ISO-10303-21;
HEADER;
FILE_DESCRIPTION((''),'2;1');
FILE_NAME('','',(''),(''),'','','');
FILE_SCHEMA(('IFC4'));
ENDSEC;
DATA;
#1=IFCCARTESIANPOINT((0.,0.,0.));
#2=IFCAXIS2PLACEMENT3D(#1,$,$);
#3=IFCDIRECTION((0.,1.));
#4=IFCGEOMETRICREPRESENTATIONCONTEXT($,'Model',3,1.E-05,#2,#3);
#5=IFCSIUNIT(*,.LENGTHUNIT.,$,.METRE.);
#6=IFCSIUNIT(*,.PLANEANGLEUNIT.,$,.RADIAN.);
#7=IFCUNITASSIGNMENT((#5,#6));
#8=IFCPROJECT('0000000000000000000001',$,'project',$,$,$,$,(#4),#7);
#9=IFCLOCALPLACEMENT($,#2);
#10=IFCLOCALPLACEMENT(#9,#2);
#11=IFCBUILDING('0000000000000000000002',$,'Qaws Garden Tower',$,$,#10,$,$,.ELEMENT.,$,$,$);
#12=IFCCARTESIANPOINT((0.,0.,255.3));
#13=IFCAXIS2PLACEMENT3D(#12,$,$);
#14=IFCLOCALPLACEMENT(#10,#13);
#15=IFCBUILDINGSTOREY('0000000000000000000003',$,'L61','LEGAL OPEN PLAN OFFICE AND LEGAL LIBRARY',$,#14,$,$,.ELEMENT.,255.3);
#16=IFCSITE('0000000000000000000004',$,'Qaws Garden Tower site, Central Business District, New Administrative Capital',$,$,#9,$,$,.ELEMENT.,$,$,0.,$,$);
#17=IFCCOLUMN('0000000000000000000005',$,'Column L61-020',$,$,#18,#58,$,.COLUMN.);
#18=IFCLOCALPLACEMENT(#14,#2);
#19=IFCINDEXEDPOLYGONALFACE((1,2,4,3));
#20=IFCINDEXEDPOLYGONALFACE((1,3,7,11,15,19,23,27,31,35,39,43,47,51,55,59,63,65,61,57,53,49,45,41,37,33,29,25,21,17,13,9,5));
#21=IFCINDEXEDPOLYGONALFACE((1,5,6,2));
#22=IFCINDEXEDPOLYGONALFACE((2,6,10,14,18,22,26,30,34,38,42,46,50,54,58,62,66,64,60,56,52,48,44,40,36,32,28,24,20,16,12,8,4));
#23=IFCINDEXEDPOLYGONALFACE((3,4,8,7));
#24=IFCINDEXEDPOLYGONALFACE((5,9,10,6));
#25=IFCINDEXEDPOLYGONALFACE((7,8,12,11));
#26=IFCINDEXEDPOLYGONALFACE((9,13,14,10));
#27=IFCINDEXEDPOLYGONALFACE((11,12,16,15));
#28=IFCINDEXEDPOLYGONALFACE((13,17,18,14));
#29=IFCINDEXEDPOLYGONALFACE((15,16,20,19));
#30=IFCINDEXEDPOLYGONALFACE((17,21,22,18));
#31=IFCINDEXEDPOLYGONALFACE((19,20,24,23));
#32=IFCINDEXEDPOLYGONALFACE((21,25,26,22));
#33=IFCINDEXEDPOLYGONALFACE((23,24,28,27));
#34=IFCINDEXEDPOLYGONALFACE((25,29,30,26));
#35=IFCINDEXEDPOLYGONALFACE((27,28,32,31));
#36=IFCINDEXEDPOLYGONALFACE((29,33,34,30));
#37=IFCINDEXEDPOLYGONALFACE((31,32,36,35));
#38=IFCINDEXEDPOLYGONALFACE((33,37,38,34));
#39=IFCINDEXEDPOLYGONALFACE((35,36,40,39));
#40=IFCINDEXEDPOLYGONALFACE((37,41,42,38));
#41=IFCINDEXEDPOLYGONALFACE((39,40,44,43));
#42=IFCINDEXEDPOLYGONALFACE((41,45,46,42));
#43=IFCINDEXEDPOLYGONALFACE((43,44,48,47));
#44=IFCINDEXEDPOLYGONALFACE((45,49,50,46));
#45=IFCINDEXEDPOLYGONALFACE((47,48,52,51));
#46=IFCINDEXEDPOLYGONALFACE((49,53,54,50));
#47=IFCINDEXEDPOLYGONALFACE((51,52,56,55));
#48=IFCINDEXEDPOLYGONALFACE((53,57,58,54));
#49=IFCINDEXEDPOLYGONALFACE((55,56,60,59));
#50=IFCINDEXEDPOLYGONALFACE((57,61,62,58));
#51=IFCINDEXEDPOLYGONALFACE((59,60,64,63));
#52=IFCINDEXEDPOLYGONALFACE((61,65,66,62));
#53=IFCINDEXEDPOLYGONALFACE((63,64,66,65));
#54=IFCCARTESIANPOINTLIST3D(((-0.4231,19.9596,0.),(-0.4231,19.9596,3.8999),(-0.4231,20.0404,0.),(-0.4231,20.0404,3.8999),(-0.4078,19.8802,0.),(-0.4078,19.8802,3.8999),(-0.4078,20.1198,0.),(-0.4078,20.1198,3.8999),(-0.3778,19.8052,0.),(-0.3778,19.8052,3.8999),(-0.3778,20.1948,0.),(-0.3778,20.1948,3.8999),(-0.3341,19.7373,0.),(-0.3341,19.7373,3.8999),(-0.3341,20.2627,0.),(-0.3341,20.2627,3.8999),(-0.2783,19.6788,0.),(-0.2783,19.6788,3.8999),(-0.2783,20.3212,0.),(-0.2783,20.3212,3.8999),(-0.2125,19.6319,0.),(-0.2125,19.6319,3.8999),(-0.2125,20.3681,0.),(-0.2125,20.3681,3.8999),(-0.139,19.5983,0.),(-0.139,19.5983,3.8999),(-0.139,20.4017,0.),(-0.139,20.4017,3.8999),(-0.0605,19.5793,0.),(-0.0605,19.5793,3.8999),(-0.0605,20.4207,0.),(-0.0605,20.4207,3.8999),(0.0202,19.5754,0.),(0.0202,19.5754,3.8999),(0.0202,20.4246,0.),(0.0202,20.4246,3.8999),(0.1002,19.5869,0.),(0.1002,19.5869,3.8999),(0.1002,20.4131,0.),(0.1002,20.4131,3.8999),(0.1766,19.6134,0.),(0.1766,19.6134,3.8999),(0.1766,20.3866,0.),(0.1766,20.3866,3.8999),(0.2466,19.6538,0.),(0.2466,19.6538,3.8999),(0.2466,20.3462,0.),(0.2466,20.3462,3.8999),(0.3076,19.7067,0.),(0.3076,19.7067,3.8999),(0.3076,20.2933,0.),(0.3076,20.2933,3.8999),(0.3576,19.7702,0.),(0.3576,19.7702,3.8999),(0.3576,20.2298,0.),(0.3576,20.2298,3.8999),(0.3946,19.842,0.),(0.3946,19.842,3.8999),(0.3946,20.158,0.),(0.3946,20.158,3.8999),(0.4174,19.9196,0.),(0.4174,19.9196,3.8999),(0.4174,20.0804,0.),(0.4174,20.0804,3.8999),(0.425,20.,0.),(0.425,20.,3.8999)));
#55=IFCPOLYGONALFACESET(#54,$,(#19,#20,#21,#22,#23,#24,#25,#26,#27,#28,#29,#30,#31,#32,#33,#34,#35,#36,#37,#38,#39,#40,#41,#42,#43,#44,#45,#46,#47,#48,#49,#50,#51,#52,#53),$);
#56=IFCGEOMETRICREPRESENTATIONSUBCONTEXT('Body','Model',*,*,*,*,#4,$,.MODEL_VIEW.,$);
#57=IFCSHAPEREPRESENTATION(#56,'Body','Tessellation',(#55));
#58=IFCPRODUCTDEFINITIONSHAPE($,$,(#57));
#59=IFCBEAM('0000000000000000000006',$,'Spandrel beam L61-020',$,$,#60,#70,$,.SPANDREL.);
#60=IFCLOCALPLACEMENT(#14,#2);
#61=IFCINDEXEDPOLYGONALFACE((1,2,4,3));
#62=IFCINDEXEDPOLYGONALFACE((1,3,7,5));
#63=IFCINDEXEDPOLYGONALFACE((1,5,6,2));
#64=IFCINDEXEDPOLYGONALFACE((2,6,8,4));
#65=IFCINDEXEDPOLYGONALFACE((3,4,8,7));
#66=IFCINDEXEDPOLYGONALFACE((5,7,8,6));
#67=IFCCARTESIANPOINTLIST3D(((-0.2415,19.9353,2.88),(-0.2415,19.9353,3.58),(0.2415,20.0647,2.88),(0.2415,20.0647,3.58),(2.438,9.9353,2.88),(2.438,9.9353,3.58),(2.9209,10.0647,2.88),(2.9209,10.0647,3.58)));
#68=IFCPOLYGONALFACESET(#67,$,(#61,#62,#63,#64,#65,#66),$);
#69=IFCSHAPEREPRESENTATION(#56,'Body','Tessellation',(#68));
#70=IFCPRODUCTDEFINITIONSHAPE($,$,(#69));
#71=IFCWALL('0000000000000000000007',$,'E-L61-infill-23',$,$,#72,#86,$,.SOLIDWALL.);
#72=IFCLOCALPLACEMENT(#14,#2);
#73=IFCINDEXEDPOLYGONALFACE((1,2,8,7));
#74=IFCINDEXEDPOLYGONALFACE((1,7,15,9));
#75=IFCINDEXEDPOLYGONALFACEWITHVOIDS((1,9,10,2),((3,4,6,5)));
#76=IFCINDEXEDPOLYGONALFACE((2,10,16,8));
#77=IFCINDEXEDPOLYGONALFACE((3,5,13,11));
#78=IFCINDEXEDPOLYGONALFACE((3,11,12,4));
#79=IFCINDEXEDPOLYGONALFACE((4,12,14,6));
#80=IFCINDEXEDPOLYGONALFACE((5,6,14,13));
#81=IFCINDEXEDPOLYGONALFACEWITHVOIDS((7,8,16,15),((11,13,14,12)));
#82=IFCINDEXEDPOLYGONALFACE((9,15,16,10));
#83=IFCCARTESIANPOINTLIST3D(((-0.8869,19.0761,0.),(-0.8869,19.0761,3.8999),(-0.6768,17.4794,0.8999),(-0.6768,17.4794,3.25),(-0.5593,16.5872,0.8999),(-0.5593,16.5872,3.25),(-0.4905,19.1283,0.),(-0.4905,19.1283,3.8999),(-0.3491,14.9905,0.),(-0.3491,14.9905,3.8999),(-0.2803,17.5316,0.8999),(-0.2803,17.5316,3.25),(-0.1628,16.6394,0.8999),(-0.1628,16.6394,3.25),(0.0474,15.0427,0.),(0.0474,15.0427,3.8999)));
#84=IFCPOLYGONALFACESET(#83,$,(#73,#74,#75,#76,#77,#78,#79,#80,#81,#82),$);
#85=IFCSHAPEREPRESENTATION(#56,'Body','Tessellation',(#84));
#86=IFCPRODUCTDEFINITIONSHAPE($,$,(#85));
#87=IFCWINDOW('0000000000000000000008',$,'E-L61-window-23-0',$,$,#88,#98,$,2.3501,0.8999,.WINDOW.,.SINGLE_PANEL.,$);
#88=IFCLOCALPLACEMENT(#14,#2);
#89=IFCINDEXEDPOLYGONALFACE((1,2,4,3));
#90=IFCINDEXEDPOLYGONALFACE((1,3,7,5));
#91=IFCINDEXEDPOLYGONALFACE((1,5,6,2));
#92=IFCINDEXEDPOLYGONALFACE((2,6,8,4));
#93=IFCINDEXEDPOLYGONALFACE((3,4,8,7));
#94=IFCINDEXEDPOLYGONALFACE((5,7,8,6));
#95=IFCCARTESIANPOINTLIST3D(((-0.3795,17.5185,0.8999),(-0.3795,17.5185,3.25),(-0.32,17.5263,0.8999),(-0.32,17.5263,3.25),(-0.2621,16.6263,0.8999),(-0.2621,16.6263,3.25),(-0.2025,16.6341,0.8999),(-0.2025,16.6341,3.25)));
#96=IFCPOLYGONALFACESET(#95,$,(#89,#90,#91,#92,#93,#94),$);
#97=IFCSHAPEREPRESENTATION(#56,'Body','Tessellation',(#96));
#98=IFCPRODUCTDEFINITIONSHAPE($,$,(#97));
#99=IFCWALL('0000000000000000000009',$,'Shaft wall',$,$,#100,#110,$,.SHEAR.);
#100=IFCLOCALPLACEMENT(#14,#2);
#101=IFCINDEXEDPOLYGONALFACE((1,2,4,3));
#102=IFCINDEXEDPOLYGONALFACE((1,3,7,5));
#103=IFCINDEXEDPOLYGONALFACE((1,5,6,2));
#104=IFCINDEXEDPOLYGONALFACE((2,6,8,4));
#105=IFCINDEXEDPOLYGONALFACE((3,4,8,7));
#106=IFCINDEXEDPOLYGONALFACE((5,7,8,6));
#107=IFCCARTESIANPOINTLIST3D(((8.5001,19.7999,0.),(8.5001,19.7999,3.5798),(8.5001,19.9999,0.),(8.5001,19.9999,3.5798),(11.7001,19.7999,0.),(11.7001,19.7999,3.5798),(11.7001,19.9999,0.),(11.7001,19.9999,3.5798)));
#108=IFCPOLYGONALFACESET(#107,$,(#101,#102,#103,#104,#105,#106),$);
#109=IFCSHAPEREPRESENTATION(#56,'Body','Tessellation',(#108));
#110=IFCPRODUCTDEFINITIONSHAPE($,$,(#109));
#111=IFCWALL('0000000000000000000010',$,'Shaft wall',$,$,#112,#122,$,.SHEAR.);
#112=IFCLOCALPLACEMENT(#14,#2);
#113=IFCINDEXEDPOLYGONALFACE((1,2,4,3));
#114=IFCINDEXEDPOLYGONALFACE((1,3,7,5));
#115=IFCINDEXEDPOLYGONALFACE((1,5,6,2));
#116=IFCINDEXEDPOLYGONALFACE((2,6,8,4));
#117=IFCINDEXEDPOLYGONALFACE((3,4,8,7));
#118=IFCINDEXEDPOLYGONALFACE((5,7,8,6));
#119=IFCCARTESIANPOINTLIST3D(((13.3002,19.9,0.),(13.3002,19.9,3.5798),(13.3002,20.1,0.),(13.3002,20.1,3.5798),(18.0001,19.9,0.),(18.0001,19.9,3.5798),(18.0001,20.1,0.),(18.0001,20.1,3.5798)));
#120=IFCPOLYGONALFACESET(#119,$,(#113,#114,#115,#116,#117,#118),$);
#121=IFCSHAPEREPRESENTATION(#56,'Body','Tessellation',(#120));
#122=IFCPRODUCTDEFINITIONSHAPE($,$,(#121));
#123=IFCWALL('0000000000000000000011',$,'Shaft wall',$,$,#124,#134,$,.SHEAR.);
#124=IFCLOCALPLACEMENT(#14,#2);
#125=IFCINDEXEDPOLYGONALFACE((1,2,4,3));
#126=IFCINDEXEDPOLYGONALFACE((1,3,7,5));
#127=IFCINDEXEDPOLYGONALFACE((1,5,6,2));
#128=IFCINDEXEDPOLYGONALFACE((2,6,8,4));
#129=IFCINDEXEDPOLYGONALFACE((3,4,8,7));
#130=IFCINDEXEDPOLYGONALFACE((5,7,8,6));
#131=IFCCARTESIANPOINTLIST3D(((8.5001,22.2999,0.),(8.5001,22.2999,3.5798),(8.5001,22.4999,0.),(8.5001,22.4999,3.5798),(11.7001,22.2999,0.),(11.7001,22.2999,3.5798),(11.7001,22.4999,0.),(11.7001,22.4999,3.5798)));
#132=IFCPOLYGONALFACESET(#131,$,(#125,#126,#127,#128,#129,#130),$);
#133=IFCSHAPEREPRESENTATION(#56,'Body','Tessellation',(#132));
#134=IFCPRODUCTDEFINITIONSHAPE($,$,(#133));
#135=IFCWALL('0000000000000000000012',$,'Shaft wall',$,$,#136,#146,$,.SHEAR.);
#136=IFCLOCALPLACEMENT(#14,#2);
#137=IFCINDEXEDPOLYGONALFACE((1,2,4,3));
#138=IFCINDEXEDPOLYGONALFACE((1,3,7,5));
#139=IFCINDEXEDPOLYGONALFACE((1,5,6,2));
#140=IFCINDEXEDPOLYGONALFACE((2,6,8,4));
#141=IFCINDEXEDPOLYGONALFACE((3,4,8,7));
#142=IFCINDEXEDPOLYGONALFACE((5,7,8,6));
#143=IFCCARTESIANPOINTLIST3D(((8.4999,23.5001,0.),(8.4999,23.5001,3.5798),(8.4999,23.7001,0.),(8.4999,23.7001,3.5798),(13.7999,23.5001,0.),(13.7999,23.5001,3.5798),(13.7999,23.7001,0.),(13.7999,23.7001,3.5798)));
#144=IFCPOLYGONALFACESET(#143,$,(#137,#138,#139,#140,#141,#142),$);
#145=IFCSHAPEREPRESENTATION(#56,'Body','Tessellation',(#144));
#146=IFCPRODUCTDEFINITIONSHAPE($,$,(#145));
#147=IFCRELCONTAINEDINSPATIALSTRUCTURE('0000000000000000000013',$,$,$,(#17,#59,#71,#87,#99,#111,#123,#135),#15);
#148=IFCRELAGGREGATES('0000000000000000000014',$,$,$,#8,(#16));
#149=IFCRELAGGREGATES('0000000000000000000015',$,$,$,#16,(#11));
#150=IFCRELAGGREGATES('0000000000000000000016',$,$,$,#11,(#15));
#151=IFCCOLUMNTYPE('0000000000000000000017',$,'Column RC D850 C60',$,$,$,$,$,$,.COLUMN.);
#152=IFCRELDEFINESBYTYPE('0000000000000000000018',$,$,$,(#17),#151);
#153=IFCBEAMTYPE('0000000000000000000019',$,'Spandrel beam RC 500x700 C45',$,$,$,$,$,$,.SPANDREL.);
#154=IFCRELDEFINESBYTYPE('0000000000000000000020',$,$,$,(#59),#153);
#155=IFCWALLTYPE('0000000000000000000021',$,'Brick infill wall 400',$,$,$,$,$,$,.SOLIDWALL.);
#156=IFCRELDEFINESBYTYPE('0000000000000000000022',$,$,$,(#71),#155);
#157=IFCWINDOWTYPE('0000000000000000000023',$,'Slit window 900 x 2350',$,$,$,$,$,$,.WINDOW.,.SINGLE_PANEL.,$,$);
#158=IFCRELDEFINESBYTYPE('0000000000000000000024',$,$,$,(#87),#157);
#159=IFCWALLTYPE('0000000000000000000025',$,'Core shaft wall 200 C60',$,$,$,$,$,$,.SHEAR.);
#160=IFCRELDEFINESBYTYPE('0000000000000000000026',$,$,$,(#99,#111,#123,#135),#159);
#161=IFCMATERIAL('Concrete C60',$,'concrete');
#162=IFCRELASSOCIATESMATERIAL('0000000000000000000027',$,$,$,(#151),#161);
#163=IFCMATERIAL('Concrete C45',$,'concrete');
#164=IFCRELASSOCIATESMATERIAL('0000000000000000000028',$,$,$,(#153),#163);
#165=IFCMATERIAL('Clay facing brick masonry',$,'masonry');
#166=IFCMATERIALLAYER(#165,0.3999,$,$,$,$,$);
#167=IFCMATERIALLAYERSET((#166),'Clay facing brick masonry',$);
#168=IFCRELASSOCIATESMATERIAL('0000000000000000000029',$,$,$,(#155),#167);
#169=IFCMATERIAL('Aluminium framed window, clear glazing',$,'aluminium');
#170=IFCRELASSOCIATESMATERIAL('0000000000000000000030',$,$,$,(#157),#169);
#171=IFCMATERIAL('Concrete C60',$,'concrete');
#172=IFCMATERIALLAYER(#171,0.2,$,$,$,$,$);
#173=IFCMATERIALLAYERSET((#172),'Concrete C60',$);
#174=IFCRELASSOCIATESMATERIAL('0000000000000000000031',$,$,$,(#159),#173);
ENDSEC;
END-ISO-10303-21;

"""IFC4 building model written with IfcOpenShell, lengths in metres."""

from ifc_helpers import new_model, si_unit, direction, frame, frame_2d, origin, origin_2d, place, context, subcontext, project, spatial, rectangle, circle, extrude, material, layer, layer_set, material_profile, profile_set, type_object, element, fill, save


model = new_model("IFC4")

# Units and contexts
model_context = context("Model", 3, precision=1e-05, world=origin(), true_north=direction((0.0, 1.0)))
body_context = subcontext(model_context, "Body", "Model", "MODEL_VIEW")
ifc_project = project(units=[si_unit("LENGTHUNIT", "METRE"), si_unit("PLANEANGLEUNIT", "RADIAN")], contexts=[model_context])

# Site, building, storey
site_placement = place(None, origin())
site = spatial("IfcSite", under=ifc_project, at=site_placement, Name="Qaws Garden Tower site, Central Business District, New Administrative Capital", CompositionType="ELEMENT", RefElevation=0.0)
building_placement = place(site_placement, origin())
building = spatial("IfcBuilding", under=site, at=building_placement, Name="Qaws Garden Tower", CompositionType="ELEMENT")
storey_placement = place(building_placement, frame((0.0, 0.0, 255.3)))
storey = spatial("IfcBuildingStorey", under=building, at=storey_placement, Name="L61", Description="LEGAL OPEN PLAN OFFICE AND LEGAL LIBRARY", CompositionType="ELEMENT", Elevation=255.3)

# Column
ifc_material_1 = material(Name="Concrete C60", Category="concrete")
ifc_material_profile_1 = material_profile(ifc_material_1, circle(Radius=0.425, at=origin_2d()), Name="RC D850")
ifc_profile_set_1 = profile_set([ifc_material_profile_1], Name="Concrete C60")
column_type = type_object("IfcColumnType", Name="Column RC D850 C60", PredefinedType="COLUMN", material=ifc_profile_set_1)
column_placement = place(storey_placement, frame((0.0, 20.0, 0.0), z_axis=(0.0, 0.0, 1.0), x_axis=(1.0, 0.0, 0.0)))
element("IfcColumn", 1, at=column_placement, inside=storey, type_object=column_type, Name="Column L61-020", PredefinedType="COLUMN", context=body_context, shape_type="SweptSolid", body=[
    extrude(circle(Radius=0.425, at=origin_2d()), origin(), (0.0, 0.0, 1.0), 3.8999),
])

# Beam
ifc_material_2 = material(Name="Concrete C45", Category="concrete")
ifc_material_profile_2 = material_profile(ifc_material_2, rectangle(XDim=0.5, YDim=0.7, at=origin_2d()), Name="RC 500x700")
ifc_profile_set_2 = profile_set([ifc_material_profile_2], Name="Concrete C45")
beam_type = type_object("IfcBeamType", Name="Spandrel beam RC 500x700 C45", PredefinedType="SPANDREL", material=ifc_profile_set_2)
beam_placement = place(storey_placement, frame((0.0, 20.0, 3.23), z_axis=(0.258815, -0.965927, 0.0), x_axis=(0.965927, 0.258815, 0.0)))
element("IfcBeam", 2, at=beam_placement, inside=storey, type_object=beam_type, Name="Spandrel beam L61-020", PredefinedType="SPANDREL", context=body_context, shape_type="SweptSolid", body=[
    extrude(rectangle(XDim=0.5, YDim=0.7, at=origin_2d()), origin(), (0.0, 0.0, 1.0), 10.3528),
])

# Wall, opening, window
ifc_material_3 = material(Name="Clay facing brick masonry", Category="masonry")
ifc_layer_1 = layer(ifc_material_3, 0.3999)
ifc_layer_set_1 = layer_set([ifc_layer_1], Name="Clay facing brick masonry")
wall_type_1 = type_object("IfcWallType", Name="Brick infill wall 400", PredefinedType="SOLIDWALL", material=ifc_layer_set_1)
wall_1_placement = place(storey_placement, frame((-0.6887, 19.1023, 0.0), z_axis=(0.0, 0.0, 1.0), x_axis=(0.130514, -0.991446, 0.0)))
wall_1 = element("IfcWall", 3, at=wall_1_placement, inside=storey, type_object=wall_type_1, Name="E-L61-infill-23", PredefinedType="SOLIDWALL", context=body_context, shape_type="SweptSolid", body=[
    extrude(rectangle(XDim=4.1208, YDim=0.3999, at=frame_2d((2.0605, 0.0))), origin(), (0.0, 0.0, 1.0), 3.8999),
])
opening_1_placement = place(wall_1_placement, frame((1.6106, 0.0, 0.8999)))
opening_1 = element("IfcOpeningElement", 4, at=opening_1_placement, cuts=wall_1, PredefinedType="OPENING", context=body_context, shape_type="SweptSolid", body=[
    extrude(rectangle(XDim=0.8999, YDim=2.3501, at=frame_2d((0.45, 1.175))), frame((0.0, 0.21, 0.0), z_axis=(0.0, -1.0, 0.0), x_axis=(1.0, 0.0, 0.0)), (0.0, 0.0, 1.0), 0.4199),
])
ifc_material_4 = material(Name="Aluminium framed window, clear glazing", Category="aluminium")
window_type = type_object("IfcWindowType", Name="Slit window 900 x 2350", PartitioningType="SINGLE_PANEL", PredefinedType="WINDOW", material=ifc_material_4)
window_placement = place(opening_1_placement, origin())
window = element("IfcWindow", 5, at=window_placement, inside=storey, type_object=window_type, Name="E-L61-window-23-0", OverallHeight=2.3501, OverallWidth=0.8999, PartitioningType="SINGLE_PANEL", PredefinedType="WINDOW", context=body_context, shape_type="SweptSolid", body=[
    extrude(rectangle(XDim=0.8999, YDim=2.3501, at=frame_2d((0.45, 1.175))), frame((0.0, 0.1599, 0.0), z_axis=(0.0, -1.0, 0.0), x_axis=(1.0, 0.0, 0.0)), (0.0, 0.0, 1.0), 0.0601),
])
fill(opening_1, window)

# Walls
ifc_material_5 = material(Name="Concrete C60", Category="concrete")
ifc_layer_2 = layer(ifc_material_5, 0.2)
ifc_layer_set_2 = layer_set([ifc_layer_2], Name="Concrete C60")
wall_type_2 = type_object("IfcWallType", Name="Core shaft wall 200 C60", PredefinedType="SHEAR", material=ifc_layer_set_2)
wall_2_placement = place(storey_placement, frame((8.5, 19.8999, 0.0), z_axis=(0.0, 0.0, 1.0), x_axis=(1.0, 0.0, 0.0)))
element("IfcWall", 6, at=wall_2_placement, inside=storey, type_object=wall_type_2, Name="Shaft wall", PredefinedType="SHEAR", context=body_context, shape_type="SweptSolid", body=[
    extrude(rectangle(XDim=3.2, YDim=0.2, at=frame_2d((1.6001, 0.0))), origin(), (0.0, 0.0, 1.0), 3.5798),
])
wall_3_placement = place(storey_placement, frame((13.3, 20.0, 0.0), z_axis=(0.0, 0.0, 1.0), x_axis=(1.0, 0.0, 0.0)))
element("IfcWall", 7, at=wall_3_placement, inside=storey, type_object=wall_type_2, Name="Shaft wall", PredefinedType="SHEAR", context=body_context, shape_type="SweptSolid", body=[
    extrude(rectangle(XDim=4.7, YDim=0.2, at=frame_2d((2.3501, 0.0))), origin(), (0.0, 0.0, 1.0), 3.5798),
])
wall_4_placement = place(storey_placement, frame((8.5, 22.3999, 0.0), z_axis=(0.0, 0.0, 1.0), x_axis=(1.0, 0.0, 0.0)))
element("IfcWall", 8, at=wall_4_placement, inside=storey, type_object=wall_type_2, Name="Shaft wall", PredefinedType="SHEAR", context=body_context, shape_type="SweptSolid", body=[
    extrude(rectangle(XDim=3.2, YDim=0.2, at=frame_2d((1.6001, 0.0))), origin(), (0.0, 0.0, 1.0), 3.5798),
])
wall_5_placement = place(storey_placement, frame((8.5, 23.6001, 0.0), z_axis=(0.0, 0.0, 1.0), x_axis=(1.0, 0.0, 0.0)))
element("IfcWall", 9, at=wall_5_placement, inside=storey, type_object=wall_type_2, Name="Shaft wall", PredefinedType="SHEAR", context=body_context, shape_type="SweptSolid", body=[
    extrude(rectangle(XDim=5.3, YDim=0.2, at=frame_2d((2.6499, 0.0))), origin(), (0.0, 0.0, 1.0), 3.5798),
])

save(model, "model.ifc")
